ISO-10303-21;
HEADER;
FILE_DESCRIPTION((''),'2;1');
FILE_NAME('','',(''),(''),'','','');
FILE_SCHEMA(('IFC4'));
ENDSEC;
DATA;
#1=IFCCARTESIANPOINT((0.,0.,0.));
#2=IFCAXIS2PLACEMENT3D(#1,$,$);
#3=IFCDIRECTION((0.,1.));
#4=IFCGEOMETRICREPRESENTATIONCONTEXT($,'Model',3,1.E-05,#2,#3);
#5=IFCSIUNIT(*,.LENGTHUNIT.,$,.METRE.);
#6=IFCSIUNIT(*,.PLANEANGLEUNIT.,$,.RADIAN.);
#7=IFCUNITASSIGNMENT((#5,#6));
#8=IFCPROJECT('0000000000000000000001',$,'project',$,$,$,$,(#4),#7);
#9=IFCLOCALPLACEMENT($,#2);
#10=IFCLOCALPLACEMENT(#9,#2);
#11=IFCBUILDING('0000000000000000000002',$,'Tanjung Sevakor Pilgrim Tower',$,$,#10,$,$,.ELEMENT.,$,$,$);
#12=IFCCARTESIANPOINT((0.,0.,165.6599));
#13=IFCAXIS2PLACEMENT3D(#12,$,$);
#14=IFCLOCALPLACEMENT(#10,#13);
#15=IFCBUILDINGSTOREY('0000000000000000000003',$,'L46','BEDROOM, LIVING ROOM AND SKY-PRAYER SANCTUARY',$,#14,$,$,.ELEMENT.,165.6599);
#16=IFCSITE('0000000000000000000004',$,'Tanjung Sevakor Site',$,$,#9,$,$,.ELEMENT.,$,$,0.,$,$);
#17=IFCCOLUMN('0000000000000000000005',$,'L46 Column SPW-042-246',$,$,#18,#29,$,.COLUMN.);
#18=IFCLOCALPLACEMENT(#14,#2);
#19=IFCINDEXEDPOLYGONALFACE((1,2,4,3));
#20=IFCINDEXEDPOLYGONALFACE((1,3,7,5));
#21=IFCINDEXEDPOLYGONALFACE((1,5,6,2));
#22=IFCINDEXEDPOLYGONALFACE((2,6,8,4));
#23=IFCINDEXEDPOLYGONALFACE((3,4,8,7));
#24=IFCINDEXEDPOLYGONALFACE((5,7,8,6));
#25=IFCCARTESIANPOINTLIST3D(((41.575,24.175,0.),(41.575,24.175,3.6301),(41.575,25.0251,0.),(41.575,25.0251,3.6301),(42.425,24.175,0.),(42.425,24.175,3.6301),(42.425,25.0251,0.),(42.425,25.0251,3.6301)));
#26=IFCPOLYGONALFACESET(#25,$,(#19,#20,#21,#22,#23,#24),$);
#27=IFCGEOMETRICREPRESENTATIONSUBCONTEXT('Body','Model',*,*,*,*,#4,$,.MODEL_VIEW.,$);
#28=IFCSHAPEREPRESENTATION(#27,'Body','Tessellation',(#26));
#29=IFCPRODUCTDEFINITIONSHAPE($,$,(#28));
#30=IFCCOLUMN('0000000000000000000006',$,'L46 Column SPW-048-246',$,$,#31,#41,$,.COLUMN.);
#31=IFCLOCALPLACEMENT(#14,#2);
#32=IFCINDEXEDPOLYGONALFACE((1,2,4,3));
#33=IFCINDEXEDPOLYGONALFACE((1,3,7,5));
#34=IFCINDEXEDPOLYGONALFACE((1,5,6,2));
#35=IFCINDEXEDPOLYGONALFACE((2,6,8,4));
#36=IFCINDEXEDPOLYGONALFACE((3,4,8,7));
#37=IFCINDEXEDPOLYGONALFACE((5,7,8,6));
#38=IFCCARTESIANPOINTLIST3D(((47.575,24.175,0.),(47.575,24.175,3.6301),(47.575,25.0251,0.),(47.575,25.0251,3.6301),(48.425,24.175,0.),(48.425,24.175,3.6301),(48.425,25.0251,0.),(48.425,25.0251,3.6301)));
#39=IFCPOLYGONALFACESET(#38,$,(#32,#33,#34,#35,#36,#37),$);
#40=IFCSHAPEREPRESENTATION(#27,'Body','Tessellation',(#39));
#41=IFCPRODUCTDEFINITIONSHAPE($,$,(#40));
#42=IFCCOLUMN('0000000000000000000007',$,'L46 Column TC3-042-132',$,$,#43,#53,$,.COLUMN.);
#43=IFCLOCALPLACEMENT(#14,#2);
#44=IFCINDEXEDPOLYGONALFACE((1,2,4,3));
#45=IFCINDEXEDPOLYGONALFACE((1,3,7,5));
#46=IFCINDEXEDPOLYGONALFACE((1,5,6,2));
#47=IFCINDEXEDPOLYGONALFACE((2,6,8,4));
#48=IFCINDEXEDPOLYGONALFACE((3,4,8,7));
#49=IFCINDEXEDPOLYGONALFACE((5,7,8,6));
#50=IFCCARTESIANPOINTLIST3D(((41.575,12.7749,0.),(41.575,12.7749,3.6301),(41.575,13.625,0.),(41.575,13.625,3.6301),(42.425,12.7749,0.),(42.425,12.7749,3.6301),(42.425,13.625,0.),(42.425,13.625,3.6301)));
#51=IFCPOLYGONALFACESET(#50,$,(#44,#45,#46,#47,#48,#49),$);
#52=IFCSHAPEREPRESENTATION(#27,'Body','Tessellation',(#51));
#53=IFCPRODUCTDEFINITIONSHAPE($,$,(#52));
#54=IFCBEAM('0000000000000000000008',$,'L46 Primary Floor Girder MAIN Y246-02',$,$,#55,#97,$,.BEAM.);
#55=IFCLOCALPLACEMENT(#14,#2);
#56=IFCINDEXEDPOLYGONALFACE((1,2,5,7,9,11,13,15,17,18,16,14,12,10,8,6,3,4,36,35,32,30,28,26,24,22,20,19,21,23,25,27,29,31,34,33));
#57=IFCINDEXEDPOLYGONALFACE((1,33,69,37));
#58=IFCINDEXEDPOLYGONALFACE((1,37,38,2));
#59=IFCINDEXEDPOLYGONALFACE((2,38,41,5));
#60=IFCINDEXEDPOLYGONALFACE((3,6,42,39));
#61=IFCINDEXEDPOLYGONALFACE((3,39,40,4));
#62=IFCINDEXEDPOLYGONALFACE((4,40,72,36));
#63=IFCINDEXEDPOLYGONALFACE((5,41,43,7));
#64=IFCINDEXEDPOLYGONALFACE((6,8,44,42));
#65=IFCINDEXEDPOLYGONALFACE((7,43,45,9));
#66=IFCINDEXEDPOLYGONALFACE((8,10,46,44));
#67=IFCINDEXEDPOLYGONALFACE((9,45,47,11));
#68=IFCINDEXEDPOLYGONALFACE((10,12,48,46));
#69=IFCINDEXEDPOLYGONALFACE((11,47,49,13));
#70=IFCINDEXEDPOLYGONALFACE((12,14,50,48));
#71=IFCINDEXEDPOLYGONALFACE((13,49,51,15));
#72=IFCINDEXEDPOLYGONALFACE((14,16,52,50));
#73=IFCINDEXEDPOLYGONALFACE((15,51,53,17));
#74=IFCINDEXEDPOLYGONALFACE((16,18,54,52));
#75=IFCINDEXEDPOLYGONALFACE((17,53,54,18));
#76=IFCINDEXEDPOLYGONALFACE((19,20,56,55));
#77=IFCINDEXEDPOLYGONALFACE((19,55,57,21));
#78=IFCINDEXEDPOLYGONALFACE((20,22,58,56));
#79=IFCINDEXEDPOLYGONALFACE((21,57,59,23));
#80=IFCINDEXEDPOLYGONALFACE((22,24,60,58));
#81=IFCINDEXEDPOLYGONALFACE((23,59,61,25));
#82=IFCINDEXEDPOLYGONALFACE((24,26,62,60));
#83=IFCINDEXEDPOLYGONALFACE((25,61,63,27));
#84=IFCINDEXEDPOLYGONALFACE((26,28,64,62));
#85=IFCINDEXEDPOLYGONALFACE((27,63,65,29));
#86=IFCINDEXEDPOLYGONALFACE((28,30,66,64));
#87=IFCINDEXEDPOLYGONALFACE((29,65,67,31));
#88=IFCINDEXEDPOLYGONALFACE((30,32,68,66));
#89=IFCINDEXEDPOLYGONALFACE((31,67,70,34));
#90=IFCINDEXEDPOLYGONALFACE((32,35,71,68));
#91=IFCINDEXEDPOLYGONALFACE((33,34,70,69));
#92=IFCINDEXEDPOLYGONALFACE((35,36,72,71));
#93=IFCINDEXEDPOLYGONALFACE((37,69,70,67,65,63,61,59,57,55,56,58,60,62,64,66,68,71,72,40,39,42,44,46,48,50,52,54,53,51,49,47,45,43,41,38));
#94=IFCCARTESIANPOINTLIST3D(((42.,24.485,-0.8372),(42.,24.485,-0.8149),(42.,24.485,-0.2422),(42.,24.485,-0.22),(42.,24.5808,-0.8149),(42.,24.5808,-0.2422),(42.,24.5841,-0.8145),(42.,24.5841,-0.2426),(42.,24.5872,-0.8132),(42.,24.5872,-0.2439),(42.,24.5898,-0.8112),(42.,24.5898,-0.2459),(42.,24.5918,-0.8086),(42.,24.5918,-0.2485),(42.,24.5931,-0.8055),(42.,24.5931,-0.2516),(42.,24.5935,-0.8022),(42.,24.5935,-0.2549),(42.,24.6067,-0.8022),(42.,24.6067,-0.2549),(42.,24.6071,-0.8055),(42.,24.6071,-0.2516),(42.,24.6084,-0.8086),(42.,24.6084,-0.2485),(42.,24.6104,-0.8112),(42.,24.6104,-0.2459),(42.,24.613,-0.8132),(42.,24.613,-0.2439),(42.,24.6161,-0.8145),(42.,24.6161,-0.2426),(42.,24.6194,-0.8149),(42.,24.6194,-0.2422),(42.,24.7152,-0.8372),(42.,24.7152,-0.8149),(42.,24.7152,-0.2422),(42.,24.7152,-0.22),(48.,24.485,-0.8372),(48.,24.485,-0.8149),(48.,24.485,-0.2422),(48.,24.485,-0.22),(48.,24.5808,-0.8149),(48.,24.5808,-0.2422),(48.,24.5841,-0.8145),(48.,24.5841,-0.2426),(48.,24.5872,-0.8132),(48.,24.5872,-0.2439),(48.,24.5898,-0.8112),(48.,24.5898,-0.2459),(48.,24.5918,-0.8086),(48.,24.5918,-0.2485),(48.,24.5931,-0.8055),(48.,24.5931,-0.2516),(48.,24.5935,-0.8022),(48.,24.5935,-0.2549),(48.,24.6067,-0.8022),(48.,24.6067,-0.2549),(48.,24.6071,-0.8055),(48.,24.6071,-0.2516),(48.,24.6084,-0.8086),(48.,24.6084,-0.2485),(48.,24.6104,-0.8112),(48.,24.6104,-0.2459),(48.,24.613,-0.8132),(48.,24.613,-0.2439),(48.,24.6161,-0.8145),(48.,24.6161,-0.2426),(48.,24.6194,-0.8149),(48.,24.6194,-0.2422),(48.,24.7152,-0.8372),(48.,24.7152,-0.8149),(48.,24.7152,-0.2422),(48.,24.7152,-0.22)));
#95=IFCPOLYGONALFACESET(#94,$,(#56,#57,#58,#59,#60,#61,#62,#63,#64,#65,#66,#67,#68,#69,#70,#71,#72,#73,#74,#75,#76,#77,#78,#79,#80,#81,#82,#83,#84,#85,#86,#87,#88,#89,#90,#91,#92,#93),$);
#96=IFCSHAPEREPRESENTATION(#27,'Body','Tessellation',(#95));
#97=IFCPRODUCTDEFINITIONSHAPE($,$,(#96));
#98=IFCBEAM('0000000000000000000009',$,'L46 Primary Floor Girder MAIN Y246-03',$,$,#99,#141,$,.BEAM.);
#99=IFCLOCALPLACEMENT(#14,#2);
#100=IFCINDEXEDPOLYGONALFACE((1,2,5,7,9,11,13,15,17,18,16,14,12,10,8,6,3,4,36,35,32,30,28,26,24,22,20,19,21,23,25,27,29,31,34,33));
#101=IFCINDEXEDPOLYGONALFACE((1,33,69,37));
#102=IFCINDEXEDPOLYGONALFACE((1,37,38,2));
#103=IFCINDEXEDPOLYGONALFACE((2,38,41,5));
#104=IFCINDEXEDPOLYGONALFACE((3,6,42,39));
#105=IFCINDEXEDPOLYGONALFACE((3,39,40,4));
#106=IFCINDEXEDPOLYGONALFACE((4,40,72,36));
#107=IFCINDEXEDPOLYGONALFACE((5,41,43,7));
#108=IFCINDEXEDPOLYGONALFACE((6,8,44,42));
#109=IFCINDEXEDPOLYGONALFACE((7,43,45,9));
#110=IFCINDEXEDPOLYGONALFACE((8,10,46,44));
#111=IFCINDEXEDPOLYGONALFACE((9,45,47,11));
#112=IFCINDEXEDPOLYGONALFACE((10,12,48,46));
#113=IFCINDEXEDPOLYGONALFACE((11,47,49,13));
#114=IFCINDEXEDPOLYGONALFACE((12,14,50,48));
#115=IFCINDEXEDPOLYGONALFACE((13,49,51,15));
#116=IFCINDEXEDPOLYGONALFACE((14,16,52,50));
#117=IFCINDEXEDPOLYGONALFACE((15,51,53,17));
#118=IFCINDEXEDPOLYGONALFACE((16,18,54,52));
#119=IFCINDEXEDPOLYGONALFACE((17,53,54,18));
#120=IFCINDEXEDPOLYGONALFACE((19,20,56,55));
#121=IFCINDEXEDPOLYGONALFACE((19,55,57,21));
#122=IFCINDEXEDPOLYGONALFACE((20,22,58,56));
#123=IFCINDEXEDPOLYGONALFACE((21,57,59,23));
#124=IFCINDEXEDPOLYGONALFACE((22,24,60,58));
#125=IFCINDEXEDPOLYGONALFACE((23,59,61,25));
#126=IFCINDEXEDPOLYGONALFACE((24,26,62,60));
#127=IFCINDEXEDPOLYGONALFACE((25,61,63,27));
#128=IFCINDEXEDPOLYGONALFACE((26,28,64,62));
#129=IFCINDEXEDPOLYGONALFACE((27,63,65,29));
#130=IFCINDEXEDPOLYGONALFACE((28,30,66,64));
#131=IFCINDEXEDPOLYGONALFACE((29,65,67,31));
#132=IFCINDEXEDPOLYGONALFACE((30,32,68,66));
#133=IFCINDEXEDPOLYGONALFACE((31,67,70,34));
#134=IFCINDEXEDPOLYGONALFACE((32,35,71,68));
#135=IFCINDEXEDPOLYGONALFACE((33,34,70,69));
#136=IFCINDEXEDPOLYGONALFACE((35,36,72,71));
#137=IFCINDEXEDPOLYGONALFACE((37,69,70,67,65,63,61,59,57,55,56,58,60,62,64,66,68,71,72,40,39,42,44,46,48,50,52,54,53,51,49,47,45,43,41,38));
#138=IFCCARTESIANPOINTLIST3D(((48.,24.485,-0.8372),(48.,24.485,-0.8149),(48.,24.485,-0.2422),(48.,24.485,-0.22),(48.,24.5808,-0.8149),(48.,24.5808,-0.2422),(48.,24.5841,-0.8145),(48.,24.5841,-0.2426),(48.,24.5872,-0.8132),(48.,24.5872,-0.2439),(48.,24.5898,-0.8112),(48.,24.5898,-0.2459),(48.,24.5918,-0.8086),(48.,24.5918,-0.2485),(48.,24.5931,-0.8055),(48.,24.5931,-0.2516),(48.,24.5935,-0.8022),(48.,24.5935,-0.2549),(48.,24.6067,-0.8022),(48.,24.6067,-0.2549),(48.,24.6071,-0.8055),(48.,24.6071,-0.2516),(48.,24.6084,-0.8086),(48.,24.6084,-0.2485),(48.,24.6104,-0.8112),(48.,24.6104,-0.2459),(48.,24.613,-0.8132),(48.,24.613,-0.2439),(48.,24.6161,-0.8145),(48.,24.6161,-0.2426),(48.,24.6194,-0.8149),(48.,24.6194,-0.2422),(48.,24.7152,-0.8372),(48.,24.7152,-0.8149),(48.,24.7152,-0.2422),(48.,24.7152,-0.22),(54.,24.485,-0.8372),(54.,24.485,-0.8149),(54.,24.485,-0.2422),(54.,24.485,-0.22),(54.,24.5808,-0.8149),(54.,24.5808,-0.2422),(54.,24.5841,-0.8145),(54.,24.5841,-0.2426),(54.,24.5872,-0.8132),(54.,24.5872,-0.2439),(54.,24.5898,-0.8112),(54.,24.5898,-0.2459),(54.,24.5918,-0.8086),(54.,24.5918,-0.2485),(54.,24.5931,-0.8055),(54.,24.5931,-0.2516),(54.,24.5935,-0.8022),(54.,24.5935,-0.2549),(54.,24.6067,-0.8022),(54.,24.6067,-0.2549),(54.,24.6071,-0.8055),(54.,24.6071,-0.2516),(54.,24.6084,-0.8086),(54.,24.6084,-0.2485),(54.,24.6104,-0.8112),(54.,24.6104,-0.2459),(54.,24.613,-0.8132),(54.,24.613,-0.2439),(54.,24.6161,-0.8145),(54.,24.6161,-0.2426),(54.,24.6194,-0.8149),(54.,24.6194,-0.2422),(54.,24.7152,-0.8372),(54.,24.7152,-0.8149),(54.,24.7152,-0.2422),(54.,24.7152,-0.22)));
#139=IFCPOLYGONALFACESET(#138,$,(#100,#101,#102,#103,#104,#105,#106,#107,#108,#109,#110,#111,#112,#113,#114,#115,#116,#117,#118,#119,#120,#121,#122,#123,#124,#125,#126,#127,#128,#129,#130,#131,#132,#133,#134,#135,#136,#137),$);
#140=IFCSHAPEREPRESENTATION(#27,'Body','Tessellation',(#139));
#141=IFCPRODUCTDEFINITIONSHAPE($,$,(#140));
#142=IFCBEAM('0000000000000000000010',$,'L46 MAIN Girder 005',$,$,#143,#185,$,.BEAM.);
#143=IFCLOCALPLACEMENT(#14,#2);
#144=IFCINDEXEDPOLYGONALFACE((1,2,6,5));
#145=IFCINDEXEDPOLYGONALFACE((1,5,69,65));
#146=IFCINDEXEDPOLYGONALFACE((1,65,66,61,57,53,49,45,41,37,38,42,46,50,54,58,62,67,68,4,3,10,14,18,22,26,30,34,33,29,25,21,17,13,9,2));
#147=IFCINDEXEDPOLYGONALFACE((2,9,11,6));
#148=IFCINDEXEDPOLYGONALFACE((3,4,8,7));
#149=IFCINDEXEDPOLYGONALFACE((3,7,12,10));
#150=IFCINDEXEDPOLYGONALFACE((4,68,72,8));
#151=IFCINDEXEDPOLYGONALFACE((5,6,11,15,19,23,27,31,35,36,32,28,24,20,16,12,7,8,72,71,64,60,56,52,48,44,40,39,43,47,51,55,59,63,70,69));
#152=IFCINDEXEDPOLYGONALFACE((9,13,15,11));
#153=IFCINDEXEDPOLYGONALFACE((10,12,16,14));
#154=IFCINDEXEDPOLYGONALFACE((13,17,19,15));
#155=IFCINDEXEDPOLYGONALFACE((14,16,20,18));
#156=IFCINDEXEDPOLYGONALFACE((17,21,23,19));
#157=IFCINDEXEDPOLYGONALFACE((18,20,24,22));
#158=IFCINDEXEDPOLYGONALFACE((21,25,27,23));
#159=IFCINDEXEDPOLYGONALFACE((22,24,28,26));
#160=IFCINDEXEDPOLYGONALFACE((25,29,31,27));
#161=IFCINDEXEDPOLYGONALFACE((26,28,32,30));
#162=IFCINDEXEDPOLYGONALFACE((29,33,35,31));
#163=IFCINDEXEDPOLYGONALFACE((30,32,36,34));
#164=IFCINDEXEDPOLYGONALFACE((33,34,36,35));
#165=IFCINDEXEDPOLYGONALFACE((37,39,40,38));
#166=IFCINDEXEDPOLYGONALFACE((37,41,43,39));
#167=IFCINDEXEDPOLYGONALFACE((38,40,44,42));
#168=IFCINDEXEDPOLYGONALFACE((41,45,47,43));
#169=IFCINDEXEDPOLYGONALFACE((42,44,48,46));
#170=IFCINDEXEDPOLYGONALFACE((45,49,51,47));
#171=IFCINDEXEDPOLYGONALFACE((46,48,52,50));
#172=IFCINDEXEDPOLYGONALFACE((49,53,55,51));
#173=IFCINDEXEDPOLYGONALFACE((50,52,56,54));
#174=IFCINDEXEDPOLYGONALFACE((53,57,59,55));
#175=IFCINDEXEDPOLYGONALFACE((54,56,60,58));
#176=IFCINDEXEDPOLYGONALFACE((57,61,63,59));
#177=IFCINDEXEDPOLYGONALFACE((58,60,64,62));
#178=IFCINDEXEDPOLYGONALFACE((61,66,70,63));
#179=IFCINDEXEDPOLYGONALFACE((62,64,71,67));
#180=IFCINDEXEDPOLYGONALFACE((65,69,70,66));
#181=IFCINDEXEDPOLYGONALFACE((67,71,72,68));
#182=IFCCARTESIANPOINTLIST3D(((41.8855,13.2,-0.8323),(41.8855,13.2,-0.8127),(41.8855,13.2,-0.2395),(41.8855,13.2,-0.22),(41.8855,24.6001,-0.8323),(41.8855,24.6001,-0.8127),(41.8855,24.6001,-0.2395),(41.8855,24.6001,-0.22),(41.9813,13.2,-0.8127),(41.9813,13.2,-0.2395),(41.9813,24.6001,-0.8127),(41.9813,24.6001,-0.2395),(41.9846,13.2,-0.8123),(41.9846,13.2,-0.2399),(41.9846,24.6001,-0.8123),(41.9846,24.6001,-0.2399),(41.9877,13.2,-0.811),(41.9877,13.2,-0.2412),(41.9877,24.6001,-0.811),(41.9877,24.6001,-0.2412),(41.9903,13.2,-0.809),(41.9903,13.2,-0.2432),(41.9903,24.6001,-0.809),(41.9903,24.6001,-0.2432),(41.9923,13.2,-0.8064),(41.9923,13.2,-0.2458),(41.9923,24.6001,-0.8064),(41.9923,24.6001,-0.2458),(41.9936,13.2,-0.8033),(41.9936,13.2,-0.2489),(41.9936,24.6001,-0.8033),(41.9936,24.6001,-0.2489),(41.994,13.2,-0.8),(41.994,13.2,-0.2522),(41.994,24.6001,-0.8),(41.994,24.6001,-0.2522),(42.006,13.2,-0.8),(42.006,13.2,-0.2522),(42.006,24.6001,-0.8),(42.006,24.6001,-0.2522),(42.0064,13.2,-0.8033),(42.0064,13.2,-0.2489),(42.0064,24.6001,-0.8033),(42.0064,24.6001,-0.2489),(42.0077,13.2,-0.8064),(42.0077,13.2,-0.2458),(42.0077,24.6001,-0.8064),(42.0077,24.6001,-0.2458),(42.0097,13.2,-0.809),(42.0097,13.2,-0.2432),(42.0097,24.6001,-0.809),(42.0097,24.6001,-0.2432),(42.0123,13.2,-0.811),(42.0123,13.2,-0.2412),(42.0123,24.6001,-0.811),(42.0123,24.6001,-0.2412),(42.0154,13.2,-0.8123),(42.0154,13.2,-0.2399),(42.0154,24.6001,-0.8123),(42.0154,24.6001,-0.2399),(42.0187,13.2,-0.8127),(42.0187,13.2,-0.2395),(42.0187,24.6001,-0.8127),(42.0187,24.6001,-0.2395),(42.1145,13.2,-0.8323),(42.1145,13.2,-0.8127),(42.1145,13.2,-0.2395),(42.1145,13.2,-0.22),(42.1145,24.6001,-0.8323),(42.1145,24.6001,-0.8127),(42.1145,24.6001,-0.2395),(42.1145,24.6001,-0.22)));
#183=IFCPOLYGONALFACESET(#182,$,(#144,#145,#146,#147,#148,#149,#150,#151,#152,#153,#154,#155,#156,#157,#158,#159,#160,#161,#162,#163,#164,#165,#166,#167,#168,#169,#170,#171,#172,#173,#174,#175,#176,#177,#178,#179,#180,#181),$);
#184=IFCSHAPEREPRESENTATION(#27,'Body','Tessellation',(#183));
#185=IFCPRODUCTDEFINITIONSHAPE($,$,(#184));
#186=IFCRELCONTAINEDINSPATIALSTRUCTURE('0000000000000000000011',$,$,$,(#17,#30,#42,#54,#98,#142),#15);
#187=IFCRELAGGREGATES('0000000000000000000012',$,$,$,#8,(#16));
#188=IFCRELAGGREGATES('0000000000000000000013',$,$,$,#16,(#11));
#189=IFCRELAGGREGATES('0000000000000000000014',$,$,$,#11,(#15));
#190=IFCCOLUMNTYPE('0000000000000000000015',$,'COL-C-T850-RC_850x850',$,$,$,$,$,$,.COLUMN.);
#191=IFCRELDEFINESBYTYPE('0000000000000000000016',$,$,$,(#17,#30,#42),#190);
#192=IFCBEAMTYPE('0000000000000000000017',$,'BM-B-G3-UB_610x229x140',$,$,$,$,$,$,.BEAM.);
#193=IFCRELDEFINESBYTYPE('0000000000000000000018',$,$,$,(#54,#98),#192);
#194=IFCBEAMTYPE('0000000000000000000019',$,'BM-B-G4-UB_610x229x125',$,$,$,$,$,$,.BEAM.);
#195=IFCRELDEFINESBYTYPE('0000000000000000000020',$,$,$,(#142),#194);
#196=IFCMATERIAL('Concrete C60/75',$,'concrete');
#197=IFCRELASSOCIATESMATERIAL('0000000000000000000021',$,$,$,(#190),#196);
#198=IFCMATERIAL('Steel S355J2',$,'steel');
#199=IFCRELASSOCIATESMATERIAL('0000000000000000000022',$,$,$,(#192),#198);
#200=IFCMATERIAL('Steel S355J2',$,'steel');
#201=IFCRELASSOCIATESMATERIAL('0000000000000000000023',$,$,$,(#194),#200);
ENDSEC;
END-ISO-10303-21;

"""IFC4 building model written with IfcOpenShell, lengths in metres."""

from ifc_helpers import new_model, si_unit, direction, frame, origin, origin_2d, place, context, subcontext, project, spatial, rectangle, i_section, extrude, material, material_profile, profile_set, type_object, element, save


model = new_model("IFC4")

# Units and contexts
model_context = context("Model", 3, precision=1e-05, world=origin(), true_north=direction((0.0, 1.0)))
body_context = subcontext(model_context, "Body", "Model", "MODEL_VIEW")
ifc_project = project(units=[si_unit("LENGTHUNIT", "METRE"), si_unit("PLANEANGLEUNIT", "RADIAN")], contexts=[model_context])

# Site, building, storey
site_placement = place(None, origin())
site = spatial("IfcSite", under=ifc_project, at=site_placement, Name="Tanjung Sevakor Site", CompositionType="ELEMENT", RefElevation=0.0)
building_placement = place(site_placement, origin())
building = spatial("IfcBuilding", under=site, at=building_placement, Name="Tanjung Sevakor Pilgrim Tower", CompositionType="ELEMENT")
storey_placement = place(building_placement, frame((0.0, 0.0, 165.6599)))
storey = spatial("IfcBuildingStorey", under=building, at=storey_placement, Name="L46", Description="BEDROOM, LIVING ROOM AND SKY-PRAYER SANCTUARY", CompositionType="ELEMENT", Elevation=165.6599)

# Columns
ifc_material_1 = material(Name="Concrete C60/75", Category="concrete")
ifc_material_profile_1 = material_profile(ifc_material_1, rectangle(XDim=0.8501, YDim=0.8501, at=origin_2d()))
ifc_profile_set_1 = profile_set([ifc_material_profile_1], Name="Concrete C60/75")
column_type = type_object("IfcColumnType", Name="COL-C-T850-RC_850x850", PredefinedType="COLUMN", material=ifc_profile_set_1)
for number, where, z_axis, x_axis, name in (
    (1, (42.0, 24.6001, 0.0), (0.0, 0.0, 1.0), (1.0, 0.0, 0.0), "L46 Column SPW-042-246"),
    (2, (48.0, 24.6001, 0.0), (0.0, 0.0, 1.0), (1.0, 0.0, 0.0), "L46 Column SPW-048-246"),
    (3, (42.0, 13.2, 0.0), (0.0, 0.0, 1.0), (1.0, 0.0, 0.0), "L46 Column TC3-042-132"),
):
    element("IfcColumn", number, at=place(storey_placement, frame(where, z_axis=z_axis, x_axis=x_axis)), inside=storey, type_object=column_type, Name=name, PredefinedType="COLUMN", context=body_context, shape_type="SweptSolid", body=[
        extrude(rectangle(XDim=0.8501, YDim=0.8501, at=origin_2d()), origin(), (0.0, 0.0, 1.0), 3.6301),
    ])

# Beams
ifc_material_2 = material(Name="Steel S355J2", Category="steel")
ifc_material_profile_2 = material_profile(ifc_material_2, i_section(OverallWidth=0.2302, OverallDepth=0.6172, WebThickness=0.0132, FlangeThickness=0.0222, FilletRadius=0.0127, at=origin_2d()))
ifc_profile_set_2 = profile_set([ifc_material_profile_2], Name="Steel S355J2")
beam_type_1 = type_object("IfcBeamType", Name="BM-B-G3-UB_610x229x140", PredefinedType="BEAM", material=ifc_profile_set_2)
for number, where, z_axis, x_axis, name in (
    (4, (42.0, 24.6001, -0.5286), (1.0, 0.0, 0.0), (0.0, 1.0, 0.0), "L46 Primary Floor Girder MAIN Y246-02"),
    (5, (48.0, 24.6001, -0.5286), (1.0, 0.0, 0.0), (0.0, 1.0, 0.0), "L46 Primary Floor Girder MAIN Y246-03"),
):
    element("IfcBeam", number, at=place(storey_placement, frame(where, z_axis=z_axis, x_axis=x_axis)), inside=storey, type_object=beam_type_1, Name=name, PredefinedType="BEAM", context=body_context, shape_type="SweptSolid", body=[
        extrude(i_section(OverallWidth=0.2302, OverallDepth=0.6172, WebThickness=0.0132, FlangeThickness=0.0222, FilletRadius=0.0127, at=origin_2d()), origin(), (0.0, 0.0, 1.0), 6.0),
    ])
ifc_material_3 = material(Name="Steel S355J2", Category="steel")
ifc_material_profile_3 = material_profile(ifc_material_3, i_section(OverallWidth=0.229, OverallDepth=0.6123, WebThickness=0.012, FlangeThickness=0.0195, FilletRadius=0.0127, at=origin_2d()))
ifc_profile_set_3 = profile_set([ifc_material_profile_3], Name="Steel S355J2")
beam_type_2 = type_object("IfcBeamType", Name="BM-B-G4-UB_610x229x125", PredefinedType="BEAM", material=ifc_profile_set_3)
beam_placement = place(storey_placement, frame((42.0, 13.2, -0.5261), z_axis=(0.0, 1.0, 0.0), x_axis=(-1.0, 0.0, 0.0)))
element("IfcBeam", 6, at=beam_placement, inside=storey, type_object=beam_type_2, Name="L46 MAIN Girder 005", PredefinedType="BEAM", context=body_context, shape_type="SweptSolid", body=[
    extrude(i_section(OverallWidth=0.229, OverallDepth=0.6123, WebThickness=0.012, FlangeThickness=0.0195, FilletRadius=0.0127, at=origin_2d()), origin(), (0.0, 0.0, 1.0), 11.4001),
])

save(model, "model.ifc")
